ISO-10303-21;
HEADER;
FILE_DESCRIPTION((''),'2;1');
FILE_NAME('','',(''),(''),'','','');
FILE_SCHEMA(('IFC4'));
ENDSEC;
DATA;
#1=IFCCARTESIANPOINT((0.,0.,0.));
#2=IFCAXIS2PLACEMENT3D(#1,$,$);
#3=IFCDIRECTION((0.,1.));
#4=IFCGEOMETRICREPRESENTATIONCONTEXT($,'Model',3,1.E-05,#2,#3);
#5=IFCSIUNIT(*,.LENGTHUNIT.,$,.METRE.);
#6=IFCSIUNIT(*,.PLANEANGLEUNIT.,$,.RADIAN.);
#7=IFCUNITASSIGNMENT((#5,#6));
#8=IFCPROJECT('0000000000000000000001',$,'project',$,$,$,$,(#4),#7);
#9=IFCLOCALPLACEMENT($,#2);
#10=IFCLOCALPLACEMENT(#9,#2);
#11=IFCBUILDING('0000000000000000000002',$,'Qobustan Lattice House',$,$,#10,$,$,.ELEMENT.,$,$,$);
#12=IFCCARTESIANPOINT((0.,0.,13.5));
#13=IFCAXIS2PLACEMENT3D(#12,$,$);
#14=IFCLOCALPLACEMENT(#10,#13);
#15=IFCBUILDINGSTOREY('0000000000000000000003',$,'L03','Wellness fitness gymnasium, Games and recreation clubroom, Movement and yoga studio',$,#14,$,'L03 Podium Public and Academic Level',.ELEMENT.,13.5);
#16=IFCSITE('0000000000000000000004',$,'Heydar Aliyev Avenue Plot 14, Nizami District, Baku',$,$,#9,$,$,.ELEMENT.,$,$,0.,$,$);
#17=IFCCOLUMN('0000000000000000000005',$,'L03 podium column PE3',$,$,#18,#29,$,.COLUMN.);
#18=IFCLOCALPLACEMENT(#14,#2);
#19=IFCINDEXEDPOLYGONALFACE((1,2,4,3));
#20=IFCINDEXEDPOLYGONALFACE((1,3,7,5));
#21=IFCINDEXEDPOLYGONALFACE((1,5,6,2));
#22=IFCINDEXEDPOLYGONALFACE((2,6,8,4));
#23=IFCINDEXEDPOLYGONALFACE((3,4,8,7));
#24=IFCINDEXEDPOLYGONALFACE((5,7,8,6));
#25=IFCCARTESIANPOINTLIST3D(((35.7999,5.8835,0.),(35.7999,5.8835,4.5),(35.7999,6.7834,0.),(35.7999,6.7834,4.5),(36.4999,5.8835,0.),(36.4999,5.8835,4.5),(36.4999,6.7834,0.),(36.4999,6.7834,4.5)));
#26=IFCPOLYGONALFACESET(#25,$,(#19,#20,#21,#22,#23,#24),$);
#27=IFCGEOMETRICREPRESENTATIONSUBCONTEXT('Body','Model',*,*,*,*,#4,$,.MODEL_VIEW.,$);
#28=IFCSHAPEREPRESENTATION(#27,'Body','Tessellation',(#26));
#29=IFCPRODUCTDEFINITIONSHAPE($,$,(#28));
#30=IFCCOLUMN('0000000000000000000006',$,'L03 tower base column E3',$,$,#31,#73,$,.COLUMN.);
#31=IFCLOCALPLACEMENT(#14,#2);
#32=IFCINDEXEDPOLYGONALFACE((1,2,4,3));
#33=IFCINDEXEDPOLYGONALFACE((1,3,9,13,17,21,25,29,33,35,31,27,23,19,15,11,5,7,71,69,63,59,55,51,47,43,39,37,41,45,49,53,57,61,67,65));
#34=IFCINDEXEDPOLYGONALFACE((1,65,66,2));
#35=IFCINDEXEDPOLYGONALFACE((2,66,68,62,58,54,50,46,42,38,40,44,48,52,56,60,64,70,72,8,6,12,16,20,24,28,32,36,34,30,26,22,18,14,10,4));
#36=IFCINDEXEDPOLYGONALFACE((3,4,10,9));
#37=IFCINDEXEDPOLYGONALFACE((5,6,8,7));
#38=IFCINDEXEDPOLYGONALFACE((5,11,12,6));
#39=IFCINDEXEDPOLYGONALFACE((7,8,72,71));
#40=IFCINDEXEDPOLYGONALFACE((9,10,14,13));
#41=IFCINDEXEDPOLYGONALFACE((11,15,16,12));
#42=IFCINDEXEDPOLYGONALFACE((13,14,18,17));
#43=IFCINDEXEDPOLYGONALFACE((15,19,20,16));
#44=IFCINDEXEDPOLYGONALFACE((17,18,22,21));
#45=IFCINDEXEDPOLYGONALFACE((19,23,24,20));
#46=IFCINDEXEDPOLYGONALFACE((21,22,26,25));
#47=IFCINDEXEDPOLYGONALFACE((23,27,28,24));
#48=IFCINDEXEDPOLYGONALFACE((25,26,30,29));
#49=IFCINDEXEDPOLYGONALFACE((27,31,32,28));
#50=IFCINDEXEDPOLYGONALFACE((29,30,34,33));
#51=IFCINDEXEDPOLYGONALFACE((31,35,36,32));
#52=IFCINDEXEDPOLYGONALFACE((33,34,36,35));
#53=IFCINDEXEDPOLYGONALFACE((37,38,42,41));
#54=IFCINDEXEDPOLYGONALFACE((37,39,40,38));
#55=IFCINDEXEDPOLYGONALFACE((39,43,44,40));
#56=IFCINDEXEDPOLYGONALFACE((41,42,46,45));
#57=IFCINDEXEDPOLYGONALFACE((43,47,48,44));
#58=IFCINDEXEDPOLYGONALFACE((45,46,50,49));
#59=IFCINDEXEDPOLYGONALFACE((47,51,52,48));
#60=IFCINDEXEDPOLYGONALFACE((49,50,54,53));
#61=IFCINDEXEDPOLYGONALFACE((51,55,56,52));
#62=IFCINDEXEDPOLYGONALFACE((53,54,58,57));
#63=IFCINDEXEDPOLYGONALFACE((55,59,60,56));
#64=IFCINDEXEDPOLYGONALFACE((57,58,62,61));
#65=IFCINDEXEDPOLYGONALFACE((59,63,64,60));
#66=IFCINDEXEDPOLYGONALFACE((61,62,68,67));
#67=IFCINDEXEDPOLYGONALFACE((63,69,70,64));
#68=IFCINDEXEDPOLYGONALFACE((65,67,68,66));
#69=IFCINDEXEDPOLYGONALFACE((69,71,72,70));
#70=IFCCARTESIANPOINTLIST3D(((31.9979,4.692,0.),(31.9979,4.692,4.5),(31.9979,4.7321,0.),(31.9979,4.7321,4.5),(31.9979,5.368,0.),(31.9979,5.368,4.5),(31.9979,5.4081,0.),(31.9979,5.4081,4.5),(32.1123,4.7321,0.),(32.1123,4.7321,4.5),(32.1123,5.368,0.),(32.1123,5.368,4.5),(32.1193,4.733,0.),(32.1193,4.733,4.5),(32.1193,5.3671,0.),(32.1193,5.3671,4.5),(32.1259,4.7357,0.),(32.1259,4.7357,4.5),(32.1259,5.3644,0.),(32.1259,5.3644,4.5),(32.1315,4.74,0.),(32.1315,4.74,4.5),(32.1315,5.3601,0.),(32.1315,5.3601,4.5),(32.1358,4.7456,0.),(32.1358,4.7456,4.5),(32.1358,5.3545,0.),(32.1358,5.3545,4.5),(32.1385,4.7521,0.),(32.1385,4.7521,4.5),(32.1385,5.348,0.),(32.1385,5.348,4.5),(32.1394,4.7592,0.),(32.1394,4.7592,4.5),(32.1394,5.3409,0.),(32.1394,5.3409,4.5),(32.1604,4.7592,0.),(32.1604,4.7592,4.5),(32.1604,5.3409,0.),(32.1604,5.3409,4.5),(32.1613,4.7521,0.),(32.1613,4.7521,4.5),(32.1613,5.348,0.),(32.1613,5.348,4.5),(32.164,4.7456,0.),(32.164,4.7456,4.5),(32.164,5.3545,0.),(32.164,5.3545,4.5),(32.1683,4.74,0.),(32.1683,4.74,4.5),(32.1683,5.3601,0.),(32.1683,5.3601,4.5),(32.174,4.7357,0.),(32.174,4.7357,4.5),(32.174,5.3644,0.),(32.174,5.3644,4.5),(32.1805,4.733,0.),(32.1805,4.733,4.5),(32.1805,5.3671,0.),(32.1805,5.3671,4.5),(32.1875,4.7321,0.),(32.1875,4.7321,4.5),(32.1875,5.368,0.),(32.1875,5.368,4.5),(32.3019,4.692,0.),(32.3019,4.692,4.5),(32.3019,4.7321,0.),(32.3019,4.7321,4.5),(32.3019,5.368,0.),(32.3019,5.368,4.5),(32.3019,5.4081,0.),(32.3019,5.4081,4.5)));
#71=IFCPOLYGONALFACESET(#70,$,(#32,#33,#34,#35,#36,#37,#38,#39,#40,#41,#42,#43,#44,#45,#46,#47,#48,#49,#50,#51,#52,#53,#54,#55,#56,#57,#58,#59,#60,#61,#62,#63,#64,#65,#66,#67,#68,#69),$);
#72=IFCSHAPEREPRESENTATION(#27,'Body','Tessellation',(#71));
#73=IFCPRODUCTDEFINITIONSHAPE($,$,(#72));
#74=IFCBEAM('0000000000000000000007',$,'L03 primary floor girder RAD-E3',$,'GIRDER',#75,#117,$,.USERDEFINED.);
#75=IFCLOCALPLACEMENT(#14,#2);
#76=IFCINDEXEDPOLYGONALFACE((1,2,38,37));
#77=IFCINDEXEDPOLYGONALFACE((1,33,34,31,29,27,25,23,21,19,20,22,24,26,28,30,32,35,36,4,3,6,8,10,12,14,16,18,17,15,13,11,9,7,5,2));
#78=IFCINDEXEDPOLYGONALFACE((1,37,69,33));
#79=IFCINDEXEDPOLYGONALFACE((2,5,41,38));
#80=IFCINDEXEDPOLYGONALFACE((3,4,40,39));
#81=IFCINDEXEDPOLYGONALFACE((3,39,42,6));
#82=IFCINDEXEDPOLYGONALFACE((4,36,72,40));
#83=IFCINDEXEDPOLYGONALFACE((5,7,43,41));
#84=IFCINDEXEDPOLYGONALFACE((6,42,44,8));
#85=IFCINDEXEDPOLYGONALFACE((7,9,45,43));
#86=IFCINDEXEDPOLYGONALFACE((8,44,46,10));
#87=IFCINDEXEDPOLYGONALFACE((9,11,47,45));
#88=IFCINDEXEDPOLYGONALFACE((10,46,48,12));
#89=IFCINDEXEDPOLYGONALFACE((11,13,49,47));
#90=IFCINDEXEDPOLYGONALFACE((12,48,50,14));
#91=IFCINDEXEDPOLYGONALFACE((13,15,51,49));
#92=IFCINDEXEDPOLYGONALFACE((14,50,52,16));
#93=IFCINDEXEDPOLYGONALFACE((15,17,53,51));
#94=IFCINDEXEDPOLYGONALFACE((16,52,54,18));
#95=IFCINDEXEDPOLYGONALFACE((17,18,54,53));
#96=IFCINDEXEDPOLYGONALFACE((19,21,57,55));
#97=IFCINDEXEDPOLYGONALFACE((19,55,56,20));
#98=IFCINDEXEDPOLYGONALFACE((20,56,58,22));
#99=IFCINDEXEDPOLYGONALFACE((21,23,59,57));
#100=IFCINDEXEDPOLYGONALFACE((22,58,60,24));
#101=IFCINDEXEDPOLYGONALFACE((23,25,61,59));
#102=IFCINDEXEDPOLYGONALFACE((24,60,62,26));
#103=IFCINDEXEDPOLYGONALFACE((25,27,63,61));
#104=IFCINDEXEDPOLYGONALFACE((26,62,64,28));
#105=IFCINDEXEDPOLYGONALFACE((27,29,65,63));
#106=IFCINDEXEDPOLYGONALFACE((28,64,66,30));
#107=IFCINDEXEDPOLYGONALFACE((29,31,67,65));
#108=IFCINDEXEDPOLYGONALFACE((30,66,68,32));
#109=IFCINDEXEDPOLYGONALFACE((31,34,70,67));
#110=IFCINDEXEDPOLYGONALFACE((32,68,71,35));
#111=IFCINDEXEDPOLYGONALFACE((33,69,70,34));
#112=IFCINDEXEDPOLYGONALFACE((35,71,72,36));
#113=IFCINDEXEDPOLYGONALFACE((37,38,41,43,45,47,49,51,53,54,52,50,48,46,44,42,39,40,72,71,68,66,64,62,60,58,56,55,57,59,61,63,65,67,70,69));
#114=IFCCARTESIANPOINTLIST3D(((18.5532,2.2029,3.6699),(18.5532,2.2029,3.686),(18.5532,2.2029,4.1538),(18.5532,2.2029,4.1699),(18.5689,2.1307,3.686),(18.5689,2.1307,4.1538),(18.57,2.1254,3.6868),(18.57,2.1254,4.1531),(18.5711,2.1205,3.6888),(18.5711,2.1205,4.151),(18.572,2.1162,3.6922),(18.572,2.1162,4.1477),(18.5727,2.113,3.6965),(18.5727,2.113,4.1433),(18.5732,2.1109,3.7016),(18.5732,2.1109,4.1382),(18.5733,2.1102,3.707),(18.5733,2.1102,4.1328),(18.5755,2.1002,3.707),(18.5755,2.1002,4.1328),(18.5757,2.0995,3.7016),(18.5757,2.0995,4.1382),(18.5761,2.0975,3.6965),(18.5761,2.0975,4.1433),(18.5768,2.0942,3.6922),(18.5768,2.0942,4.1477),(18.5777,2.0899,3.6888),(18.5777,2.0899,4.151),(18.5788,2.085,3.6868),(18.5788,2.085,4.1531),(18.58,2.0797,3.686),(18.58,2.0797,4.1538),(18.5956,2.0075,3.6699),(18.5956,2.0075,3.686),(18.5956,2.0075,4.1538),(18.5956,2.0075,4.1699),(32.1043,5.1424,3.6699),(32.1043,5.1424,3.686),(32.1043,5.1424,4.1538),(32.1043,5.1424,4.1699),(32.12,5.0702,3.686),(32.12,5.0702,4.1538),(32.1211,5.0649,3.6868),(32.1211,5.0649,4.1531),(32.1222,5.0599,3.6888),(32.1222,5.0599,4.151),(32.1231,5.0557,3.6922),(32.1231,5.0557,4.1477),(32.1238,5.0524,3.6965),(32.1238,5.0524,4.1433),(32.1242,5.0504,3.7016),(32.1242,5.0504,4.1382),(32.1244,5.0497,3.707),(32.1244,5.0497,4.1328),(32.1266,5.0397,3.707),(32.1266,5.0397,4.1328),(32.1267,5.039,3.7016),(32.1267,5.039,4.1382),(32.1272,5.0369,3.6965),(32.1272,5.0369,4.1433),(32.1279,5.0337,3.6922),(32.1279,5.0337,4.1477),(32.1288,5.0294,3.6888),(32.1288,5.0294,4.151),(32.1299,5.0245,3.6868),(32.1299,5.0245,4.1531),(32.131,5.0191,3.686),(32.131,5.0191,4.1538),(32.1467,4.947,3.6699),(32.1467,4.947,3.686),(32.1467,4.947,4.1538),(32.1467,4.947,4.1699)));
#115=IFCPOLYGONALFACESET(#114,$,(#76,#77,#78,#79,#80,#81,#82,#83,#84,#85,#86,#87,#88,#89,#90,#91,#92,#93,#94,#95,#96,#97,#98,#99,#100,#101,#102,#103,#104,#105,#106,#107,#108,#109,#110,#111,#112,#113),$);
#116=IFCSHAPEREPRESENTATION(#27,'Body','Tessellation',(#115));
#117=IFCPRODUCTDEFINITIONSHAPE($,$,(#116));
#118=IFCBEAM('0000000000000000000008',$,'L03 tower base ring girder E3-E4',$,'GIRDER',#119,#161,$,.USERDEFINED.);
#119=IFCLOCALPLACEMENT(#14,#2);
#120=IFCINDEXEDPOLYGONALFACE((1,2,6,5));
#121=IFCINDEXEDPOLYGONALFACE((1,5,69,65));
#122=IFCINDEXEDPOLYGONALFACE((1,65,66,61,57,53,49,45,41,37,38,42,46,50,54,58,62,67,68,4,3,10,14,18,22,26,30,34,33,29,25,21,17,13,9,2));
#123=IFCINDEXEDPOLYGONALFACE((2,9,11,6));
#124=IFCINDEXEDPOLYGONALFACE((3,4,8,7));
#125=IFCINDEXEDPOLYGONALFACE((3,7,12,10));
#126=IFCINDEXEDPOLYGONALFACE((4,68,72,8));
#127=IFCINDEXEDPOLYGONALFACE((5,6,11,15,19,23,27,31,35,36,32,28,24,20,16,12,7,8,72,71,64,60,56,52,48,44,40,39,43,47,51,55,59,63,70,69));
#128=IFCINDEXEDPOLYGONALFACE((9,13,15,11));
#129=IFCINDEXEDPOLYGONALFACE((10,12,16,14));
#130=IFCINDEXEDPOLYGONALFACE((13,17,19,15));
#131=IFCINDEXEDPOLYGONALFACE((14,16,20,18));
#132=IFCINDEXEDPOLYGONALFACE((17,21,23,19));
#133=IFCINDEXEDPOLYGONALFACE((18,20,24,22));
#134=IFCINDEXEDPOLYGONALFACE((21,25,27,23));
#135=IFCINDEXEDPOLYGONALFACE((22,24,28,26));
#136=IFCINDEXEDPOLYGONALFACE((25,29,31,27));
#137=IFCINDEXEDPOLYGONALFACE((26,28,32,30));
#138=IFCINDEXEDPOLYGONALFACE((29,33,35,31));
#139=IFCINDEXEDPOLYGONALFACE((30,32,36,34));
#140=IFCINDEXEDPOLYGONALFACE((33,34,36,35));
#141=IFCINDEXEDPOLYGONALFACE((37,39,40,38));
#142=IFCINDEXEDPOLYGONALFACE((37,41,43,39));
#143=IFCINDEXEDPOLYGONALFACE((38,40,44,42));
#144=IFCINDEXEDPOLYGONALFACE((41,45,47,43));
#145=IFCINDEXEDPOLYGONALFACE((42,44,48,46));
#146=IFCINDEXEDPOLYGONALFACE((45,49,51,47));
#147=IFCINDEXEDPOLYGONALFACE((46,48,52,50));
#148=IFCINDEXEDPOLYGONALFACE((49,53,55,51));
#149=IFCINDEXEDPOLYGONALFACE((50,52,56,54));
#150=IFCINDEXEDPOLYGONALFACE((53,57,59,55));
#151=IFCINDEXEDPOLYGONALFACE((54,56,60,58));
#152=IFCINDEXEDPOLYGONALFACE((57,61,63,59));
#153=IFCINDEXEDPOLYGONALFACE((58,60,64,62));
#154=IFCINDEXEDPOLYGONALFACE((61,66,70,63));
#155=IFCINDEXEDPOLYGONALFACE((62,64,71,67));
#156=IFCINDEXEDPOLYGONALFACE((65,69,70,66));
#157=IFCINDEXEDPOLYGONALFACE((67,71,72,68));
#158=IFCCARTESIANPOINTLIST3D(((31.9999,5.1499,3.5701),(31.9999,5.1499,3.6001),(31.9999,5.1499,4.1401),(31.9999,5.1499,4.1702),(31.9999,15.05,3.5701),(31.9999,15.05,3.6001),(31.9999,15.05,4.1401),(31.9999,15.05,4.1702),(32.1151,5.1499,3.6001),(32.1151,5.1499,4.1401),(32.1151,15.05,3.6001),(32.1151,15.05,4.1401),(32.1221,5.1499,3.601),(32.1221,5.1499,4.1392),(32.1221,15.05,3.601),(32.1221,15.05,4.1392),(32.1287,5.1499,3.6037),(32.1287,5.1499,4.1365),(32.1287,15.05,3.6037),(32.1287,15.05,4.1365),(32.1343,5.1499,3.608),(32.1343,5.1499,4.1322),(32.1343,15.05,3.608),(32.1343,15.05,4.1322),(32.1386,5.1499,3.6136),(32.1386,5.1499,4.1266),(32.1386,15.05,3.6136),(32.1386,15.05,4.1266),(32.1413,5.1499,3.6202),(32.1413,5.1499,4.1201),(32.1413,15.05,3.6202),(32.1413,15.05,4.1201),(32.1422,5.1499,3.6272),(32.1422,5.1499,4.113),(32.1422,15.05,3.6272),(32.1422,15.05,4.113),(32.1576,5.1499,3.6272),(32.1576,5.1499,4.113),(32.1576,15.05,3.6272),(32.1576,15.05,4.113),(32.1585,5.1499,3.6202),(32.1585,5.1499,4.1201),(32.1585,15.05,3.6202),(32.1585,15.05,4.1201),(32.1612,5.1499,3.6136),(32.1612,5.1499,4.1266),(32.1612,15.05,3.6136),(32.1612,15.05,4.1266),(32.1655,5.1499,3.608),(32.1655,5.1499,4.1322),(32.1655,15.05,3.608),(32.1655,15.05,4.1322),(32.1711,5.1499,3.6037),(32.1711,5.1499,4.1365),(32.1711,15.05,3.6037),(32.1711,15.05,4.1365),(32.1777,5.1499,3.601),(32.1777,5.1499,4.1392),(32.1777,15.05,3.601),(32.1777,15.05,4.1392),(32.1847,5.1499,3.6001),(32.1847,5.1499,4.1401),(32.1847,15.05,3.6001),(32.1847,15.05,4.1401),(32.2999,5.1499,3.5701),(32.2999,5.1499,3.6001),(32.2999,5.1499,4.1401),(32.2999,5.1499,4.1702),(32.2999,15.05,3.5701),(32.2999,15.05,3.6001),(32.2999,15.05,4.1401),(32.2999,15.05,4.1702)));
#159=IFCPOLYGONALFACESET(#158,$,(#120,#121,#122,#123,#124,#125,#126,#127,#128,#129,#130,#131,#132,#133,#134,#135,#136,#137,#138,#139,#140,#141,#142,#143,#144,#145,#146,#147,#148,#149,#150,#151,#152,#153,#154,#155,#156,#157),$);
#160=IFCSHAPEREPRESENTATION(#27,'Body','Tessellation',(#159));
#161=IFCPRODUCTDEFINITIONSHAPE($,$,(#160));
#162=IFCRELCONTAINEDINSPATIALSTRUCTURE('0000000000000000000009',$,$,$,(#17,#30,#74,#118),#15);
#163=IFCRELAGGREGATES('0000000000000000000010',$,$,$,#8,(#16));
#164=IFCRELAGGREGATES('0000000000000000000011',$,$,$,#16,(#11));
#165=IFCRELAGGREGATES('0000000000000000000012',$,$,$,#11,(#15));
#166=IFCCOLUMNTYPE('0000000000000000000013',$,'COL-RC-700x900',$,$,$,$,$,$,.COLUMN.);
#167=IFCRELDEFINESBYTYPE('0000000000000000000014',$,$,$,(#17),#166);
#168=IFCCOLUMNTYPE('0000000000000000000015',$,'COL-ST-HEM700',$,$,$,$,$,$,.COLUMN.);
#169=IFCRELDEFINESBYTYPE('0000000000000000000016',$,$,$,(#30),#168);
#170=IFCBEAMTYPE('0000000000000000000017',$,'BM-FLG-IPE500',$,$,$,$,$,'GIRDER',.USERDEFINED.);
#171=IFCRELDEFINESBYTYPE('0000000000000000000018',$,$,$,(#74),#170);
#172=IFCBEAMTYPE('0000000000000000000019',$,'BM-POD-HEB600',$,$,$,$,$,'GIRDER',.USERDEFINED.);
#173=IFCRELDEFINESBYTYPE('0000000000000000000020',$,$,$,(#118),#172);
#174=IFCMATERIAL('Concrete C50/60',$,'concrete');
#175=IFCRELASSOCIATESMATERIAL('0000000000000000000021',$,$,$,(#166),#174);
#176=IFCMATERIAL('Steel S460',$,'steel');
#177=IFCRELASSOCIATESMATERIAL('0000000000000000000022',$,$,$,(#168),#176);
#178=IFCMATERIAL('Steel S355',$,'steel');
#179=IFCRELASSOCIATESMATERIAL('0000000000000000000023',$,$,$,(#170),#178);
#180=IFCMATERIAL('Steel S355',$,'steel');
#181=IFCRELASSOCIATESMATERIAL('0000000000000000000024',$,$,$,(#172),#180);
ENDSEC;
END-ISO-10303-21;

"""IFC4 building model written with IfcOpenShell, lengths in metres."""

from ifc_helpers import new_model, si_unit, direction, frame, origin, origin_2d, place, context, subcontext, project, spatial, rectangle, i_section, extrude, material, material_profile, profile_set, type_object, element, save


model = new_model("IFC4")

# Units and contexts
model_context = context("Model", 3, precision=1e-05, world=origin(), true_north=direction((0.0, 1.0)))
body_context = subcontext(model_context, "Body", "Model", "MODEL_VIEW")
ifc_project = project(units=[si_unit("LENGTHUNIT", "METRE"), si_unit("PLANEANGLEUNIT", "RADIAN")], contexts=[model_context])

# Site, building, storey
site_placement = place(None, origin())
site = spatial("IfcSite", under=ifc_project, at=site_placement, Name="Heydar Aliyev Avenue Plot 14, Nizami District, Baku", CompositionType="ELEMENT", RefElevation=0.0)
building_placement = place(site_placement, origin())
building = spatial("IfcBuilding", under=site, at=building_placement, Name="Qobustan Lattice House", CompositionType="ELEMENT")
storey_placement = place(building_placement, frame((0.0, 0.0, 13.5)))
storey = spatial("IfcBuildingStorey", under=building, at=storey_placement, Name="L03", Description="Wellness fitness gymnasium, Games and recreation clubroom, Movement and yoga studio", LongName="L03 Podium Public and Academic Level", CompositionType="ELEMENT", Elevation=13.5)

# Columns
ifc_material_1 = material(Name="Concrete C50/60", Category="concrete")
ifc_material_profile_1 = material_profile(ifc_material_1, rectangle(XDim=0.7, YDim=0.8999, at=origin_2d()), Name="RC700x900")
ifc_profile_set_1 = profile_set([ifc_material_profile_1], Name="Concrete C50/60")
column_type_1 = type_object("IfcColumnType", Name="COL-RC-700x900", PredefinedType="COLUMN", material=ifc_profile_set_1)
column_1_placement = place(storey_placement, frame((36.1499, 6.3335, 0.0), z_axis=(0.0, 0.0, 1.0), x_axis=(1.0, 0.0, 0.0)))
element("IfcColumn", 1, at=column_1_placement, inside=storey, type_object=column_type_1, Name="L03 podium column PE3", PredefinedType="COLUMN", context=body_context, shape_type="SweptSolid", body=[
    extrude(rectangle(XDim=0.7, YDim=0.8999, at=origin_2d()), origin(), (0.0, 0.0, 1.0), 4.5),
])
ifc_material_2 = material(Name="Steel S460", Category="steel")
ifc_material_profile_2 = material_profile(ifc_material_2, i_section(OverallWidth=0.304, OverallDepth=0.7161, WebThickness=0.021, FlangeThickness=0.04, FilletRadius=0.0271, at=origin_2d()), Name="HEM700")
ifc_profile_set_2 = profile_set([ifc_material_profile_2], Name="Steel S460")
column_type_2 = type_object("IfcColumnType", Name="COL-ST-HEM700", PredefinedType="COLUMN", material=ifc_profile_set_2)
column_2_placement = place(storey_placement, frame((32.1499, 5.05, 0.0), z_axis=(0.0, 0.0, 1.0), x_axis=(1.0, 0.0, 0.0)))
element("IfcColumn", 2, at=column_2_placement, inside=storey, type_object=column_type_2, Name="L03 tower base column E3", PredefinedType="COLUMN", context=body_context, shape_type="SweptSolid", body=[
    extrude(i_section(OverallWidth=0.304, OverallDepth=0.7161, WebThickness=0.021, FlangeThickness=0.04, FilletRadius=0.0271, at=origin_2d()), origin(), (0.0, 0.0, 1.0), 4.5),
])

# Beams
ifc_material_3 = material(Name="Steel S355", Category="steel")
ifc_material_profile_3 = material_profile(ifc_material_3, i_section(OverallWidth=0.2, OverallDepth=0.5, WebThickness=0.0103, FlangeThickness=0.0161, FilletRadius=0.021, at=origin_2d()), Name="IPE500")
ifc_profile_set_3 = profile_set([ifc_material_profile_3], Name="Steel S355")
beam_type_1 = type_object("IfcBeamType", Name="BM-FLG-IPE500", ElementType="GIRDER", PredefinedType="USERDEFINED", material=ifc_profile_set_3)
beam_1_placement = place(storey_placement, frame((32.1255, 5.0447, 3.9199), z_axis=(-0.977272, -0.211987, 0.0), x_axis=(0.211987, -0.977272, 0.0)))
element("IfcBeam", 3, at=beam_1_placement, inside=storey, type_object=beam_type_1, Name="L03 primary floor girder RAD-E3", ObjectType="GIRDER", PredefinedType="USERDEFINED", context=body_context, shape_type="SweptSolid", body=[
    extrude(i_section(OverallWidth=0.2, OverallDepth=0.5, WebThickness=0.0103, FlangeThickness=0.0161, FilletRadius=0.021, at=origin_2d()), origin(), (0.0, 0.0, 1.0), 13.8662),
])
ifc_material_4 = material(Name="Steel S355", Category="steel")
ifc_material_profile_4 = material_profile(ifc_material_4, i_section(OverallWidth=0.3, OverallDepth=0.6001, WebThickness=0.0154, FlangeThickness=0.03, FilletRadius=0.0271, at=origin_2d()), Name="HEB600")
ifc_profile_set_4 = profile_set([ifc_material_profile_4], Name="Steel S355")
beam_type_2 = type_object("IfcBeamType", Name="BM-POD-HEB600", ElementType="GIRDER", PredefinedType="USERDEFINED", material=ifc_profile_set_4)
beam_2_placement = place(storey_placement, frame((32.1499, 5.1499, 3.8701), z_axis=(0.0, 1.0, 0.0), x_axis=(-1.0, 0.0, 0.0)))
element("IfcBeam", 4, at=beam_2_placement, inside=storey, type_object=beam_type_2, Name="L03 tower base ring girder E3-E4", ObjectType="GIRDER", PredefinedType="USERDEFINED", context=body_context, shape_type="SweptSolid", body=[
    extrude(i_section(OverallWidth=0.3, OverallDepth=0.6001, WebThickness=0.0154, FlangeThickness=0.03, FilletRadius=0.0271, at=origin_2d()), origin(), (0.0, 0.0, 1.0), 9.9001),
])

save(model, "model.ifc")
